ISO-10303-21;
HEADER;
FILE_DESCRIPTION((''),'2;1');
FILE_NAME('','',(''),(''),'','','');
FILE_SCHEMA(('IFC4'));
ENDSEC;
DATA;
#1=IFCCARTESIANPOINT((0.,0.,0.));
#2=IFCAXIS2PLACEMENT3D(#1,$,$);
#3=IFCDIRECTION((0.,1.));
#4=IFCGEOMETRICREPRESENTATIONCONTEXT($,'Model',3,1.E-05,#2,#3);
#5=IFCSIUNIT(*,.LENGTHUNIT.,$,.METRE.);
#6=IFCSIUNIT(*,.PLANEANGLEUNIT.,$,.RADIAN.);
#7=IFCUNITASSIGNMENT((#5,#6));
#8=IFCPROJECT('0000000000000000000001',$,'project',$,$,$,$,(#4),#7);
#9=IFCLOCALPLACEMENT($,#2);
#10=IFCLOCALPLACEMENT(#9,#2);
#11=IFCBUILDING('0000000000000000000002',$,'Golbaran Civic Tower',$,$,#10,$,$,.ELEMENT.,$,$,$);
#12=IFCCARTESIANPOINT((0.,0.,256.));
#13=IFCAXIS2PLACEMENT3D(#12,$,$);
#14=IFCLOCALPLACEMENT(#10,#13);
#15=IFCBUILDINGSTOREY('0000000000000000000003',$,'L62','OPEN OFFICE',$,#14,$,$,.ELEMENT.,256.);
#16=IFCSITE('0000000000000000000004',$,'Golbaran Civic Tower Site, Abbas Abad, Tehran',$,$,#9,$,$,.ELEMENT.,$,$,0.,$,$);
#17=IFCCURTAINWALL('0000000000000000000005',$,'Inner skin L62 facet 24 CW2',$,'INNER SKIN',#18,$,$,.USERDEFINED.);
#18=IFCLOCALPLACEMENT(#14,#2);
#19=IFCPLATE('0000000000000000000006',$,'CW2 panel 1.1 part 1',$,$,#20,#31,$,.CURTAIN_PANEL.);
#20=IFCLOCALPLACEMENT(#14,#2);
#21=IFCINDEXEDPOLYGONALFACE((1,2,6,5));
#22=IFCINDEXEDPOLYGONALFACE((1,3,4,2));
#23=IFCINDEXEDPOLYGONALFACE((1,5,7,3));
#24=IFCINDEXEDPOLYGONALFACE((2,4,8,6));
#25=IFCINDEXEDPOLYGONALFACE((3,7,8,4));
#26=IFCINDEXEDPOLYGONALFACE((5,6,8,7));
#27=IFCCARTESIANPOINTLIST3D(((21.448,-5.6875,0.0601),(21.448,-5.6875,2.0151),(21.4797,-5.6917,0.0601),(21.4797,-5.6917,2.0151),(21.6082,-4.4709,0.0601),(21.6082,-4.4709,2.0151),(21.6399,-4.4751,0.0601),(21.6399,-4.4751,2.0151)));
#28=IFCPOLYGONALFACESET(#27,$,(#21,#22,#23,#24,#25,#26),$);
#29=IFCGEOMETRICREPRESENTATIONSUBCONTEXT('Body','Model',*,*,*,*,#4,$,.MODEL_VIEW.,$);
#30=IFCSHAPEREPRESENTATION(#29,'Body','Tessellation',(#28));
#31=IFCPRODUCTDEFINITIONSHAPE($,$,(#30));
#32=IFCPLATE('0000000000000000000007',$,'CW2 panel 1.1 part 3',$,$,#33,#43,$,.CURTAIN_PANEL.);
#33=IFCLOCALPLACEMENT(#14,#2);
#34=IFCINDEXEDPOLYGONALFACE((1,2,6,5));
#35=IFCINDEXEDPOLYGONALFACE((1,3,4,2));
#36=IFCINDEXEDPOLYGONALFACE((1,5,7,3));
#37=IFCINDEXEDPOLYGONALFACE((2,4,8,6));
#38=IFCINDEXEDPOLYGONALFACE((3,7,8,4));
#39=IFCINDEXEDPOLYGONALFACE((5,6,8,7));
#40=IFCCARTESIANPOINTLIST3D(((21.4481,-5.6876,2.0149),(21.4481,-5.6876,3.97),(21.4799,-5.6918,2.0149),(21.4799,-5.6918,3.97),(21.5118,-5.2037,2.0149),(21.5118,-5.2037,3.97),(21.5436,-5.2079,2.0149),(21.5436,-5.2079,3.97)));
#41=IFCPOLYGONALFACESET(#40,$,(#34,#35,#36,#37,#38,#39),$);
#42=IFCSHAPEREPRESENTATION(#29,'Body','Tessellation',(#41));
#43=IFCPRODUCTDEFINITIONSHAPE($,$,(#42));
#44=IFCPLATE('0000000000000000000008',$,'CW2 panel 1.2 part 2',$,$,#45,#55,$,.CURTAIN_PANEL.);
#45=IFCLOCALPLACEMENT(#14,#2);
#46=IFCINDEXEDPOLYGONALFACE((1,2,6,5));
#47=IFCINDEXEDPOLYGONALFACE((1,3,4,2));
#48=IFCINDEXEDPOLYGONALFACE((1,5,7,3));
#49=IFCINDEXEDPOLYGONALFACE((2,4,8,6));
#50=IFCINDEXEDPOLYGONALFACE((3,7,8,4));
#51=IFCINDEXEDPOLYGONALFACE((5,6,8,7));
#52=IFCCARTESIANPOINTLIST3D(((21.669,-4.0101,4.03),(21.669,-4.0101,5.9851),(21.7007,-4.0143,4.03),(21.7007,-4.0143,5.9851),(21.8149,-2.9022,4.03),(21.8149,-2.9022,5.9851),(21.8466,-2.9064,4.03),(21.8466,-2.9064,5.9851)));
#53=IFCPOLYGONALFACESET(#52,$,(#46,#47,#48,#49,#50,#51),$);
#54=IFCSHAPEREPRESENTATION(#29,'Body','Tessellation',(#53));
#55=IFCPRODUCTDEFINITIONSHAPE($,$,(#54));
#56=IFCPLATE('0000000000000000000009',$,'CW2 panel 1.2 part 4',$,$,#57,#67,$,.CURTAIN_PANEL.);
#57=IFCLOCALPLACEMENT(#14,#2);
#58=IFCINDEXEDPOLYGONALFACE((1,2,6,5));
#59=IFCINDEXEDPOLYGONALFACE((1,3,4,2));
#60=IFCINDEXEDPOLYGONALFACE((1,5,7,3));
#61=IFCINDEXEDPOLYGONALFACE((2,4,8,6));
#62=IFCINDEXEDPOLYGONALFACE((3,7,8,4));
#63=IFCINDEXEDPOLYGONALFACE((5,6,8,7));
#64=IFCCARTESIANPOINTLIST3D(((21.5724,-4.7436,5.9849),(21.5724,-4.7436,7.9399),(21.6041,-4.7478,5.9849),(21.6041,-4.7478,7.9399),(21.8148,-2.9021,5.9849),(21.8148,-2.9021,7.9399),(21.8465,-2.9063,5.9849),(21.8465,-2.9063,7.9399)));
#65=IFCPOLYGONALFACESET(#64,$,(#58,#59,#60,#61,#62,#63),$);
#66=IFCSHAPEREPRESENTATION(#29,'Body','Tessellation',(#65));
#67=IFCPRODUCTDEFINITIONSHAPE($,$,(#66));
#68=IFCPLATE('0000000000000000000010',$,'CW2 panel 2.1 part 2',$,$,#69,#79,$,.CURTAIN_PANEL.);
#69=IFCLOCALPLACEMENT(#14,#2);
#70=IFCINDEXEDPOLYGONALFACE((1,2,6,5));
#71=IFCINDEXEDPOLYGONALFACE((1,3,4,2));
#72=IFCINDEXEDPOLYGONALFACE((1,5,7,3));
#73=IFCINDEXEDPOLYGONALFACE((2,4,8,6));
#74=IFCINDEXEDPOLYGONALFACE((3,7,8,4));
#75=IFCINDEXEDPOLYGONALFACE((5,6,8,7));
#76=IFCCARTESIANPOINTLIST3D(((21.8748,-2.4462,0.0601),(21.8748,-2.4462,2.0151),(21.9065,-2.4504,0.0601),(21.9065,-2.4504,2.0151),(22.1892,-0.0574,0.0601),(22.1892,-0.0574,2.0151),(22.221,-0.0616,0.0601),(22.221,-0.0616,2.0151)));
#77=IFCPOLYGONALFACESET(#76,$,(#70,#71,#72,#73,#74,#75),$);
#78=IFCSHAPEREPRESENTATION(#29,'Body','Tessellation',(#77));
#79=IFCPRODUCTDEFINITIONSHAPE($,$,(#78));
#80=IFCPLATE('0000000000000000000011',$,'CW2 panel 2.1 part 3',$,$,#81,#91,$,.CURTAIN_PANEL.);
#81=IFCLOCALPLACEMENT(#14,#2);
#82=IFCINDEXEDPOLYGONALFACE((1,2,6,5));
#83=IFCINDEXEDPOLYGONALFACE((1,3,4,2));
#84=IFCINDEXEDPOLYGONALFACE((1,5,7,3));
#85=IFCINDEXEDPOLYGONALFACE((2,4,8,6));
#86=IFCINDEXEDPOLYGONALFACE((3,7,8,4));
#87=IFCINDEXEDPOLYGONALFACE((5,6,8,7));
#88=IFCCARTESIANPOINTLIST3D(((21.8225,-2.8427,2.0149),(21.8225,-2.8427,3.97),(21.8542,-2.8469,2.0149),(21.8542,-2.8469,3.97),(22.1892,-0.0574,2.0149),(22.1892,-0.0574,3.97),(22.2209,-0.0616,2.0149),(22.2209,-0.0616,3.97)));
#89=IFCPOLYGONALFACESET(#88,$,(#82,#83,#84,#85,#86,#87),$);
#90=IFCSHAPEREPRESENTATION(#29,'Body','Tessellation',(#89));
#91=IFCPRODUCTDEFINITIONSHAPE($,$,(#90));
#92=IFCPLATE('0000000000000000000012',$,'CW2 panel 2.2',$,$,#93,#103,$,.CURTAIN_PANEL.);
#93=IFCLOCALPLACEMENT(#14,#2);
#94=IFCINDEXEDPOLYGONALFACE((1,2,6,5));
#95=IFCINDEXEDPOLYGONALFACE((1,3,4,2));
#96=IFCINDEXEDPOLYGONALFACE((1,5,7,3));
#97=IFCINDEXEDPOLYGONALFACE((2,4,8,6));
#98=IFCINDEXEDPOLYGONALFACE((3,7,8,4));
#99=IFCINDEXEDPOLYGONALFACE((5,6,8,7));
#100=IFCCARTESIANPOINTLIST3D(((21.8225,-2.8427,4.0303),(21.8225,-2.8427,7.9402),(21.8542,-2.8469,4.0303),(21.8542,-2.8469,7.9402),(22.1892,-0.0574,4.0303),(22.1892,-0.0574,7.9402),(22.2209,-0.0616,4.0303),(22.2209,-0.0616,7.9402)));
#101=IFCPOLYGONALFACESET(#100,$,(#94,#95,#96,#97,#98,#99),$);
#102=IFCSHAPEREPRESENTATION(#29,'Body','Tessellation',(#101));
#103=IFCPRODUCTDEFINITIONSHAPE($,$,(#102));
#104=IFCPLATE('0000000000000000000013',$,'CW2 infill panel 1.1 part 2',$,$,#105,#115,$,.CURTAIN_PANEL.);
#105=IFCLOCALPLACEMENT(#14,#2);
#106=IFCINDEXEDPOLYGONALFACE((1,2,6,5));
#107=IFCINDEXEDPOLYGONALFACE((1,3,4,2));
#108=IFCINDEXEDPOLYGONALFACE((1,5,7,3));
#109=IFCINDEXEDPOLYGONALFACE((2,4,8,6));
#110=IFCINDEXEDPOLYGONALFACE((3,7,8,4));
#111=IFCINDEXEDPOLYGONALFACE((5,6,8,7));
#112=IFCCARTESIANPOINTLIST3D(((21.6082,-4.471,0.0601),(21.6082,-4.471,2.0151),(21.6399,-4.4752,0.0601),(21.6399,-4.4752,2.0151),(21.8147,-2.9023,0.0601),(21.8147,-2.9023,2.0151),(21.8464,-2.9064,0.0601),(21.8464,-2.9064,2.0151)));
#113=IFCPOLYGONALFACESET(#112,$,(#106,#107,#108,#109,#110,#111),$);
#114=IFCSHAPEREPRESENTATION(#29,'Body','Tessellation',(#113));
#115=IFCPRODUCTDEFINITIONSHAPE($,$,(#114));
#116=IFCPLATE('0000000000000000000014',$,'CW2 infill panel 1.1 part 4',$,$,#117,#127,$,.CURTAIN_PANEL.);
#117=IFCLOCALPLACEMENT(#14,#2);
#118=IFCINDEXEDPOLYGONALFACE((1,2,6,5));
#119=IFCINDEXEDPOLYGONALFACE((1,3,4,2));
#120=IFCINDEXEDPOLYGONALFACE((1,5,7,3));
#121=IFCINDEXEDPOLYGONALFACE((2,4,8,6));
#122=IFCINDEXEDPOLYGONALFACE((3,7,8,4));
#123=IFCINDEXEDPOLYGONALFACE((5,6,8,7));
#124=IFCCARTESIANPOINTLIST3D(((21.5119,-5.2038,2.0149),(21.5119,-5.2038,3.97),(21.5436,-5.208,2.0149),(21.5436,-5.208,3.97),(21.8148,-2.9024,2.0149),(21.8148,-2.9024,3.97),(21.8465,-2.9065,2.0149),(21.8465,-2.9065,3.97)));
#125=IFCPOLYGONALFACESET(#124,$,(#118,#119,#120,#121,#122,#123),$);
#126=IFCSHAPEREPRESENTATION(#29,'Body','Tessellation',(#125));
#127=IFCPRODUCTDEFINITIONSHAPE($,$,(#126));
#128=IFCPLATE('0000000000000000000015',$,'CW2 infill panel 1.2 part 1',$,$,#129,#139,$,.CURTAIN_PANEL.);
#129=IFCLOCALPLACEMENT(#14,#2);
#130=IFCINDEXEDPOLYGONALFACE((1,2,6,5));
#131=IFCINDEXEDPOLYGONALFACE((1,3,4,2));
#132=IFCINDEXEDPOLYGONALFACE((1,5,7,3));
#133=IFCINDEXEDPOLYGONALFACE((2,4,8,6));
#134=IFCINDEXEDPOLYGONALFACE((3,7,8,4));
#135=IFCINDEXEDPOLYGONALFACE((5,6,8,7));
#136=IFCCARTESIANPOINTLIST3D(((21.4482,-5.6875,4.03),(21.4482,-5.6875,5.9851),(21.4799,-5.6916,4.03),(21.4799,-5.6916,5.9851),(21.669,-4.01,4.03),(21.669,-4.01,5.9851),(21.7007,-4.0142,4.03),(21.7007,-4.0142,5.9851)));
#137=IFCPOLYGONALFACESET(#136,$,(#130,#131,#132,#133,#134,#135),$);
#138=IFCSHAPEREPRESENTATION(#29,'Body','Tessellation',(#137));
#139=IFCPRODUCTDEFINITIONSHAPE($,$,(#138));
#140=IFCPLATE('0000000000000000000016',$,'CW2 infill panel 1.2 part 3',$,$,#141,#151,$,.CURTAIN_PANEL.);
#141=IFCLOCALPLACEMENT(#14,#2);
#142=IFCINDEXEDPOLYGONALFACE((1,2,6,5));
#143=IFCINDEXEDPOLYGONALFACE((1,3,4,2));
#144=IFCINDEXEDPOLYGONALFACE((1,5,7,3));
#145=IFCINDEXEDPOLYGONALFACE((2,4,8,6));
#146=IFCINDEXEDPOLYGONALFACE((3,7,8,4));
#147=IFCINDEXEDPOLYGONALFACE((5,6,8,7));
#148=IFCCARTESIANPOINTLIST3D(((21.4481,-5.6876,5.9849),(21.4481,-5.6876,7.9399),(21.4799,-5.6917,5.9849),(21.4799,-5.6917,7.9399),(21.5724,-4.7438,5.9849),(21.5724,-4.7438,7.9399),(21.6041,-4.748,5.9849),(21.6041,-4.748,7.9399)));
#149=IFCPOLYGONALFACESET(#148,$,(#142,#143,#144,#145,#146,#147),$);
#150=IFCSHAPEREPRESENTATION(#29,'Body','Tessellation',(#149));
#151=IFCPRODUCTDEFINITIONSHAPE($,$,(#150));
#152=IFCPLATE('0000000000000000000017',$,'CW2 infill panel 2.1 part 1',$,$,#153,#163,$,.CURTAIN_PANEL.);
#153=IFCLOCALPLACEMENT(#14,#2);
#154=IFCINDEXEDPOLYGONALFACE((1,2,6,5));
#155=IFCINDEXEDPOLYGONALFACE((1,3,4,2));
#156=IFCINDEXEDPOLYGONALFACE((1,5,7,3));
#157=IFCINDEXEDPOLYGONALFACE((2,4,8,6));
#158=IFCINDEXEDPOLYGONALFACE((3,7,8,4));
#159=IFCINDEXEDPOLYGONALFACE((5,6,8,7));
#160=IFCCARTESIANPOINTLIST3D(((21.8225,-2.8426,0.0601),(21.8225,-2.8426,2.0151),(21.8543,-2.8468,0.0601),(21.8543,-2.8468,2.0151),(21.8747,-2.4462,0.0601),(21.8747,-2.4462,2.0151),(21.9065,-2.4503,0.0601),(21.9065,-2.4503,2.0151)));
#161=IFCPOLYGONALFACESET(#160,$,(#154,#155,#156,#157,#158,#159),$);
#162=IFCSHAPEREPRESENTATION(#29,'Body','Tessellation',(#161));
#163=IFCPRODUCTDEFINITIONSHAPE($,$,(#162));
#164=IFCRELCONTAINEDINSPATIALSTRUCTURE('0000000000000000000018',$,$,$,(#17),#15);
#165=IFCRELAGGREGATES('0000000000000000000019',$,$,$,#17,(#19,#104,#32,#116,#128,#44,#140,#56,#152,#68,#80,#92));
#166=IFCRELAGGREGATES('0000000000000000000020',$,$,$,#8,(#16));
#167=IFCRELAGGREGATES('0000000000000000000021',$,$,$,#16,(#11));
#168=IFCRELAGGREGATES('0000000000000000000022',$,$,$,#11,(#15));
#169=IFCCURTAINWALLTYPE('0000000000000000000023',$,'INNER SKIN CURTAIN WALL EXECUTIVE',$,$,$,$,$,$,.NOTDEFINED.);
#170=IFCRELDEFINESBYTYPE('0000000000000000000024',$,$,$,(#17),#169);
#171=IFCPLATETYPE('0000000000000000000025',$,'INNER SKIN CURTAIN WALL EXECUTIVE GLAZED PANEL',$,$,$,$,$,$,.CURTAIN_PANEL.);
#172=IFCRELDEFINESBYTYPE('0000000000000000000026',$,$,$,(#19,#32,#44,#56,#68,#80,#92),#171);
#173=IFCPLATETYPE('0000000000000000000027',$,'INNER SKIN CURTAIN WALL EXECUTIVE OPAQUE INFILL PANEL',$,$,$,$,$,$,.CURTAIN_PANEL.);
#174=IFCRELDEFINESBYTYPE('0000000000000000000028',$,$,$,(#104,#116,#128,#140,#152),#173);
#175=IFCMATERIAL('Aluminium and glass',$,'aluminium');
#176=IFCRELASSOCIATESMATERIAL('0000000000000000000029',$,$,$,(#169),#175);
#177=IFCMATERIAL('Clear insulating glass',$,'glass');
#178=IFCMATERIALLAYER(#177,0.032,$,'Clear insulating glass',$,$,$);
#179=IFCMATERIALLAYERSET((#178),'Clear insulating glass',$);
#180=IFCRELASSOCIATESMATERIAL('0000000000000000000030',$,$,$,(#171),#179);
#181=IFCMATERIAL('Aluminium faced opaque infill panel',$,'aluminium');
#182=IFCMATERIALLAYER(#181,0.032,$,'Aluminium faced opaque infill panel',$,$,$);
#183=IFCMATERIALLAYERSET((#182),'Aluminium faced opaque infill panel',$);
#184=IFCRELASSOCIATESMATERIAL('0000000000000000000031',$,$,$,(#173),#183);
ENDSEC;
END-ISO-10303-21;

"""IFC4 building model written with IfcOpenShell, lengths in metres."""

from ifc_helpers import new_model, si_unit, direction, frame, origin, origin_2d, place, context, subcontext, project, spatial, rectangle, extrude, material, layer, layer_set, type_object, element, aggregate, save


model = new_model("IFC4")

# Units and contexts
model_context = context("Model", 3, precision=1e-05, world=origin(), true_north=direction((0.0, 1.0)))
body_context = subcontext(model_context, "Body", "Model", "MODEL_VIEW")
ifc_project = project(units=[si_unit("LENGTHUNIT", "METRE"), si_unit("PLANEANGLEUNIT", "RADIAN")], contexts=[model_context])

# Site, building, storey
site_placement = place(None, origin())
site = spatial("IfcSite", under=ifc_project, at=site_placement, Name="Golbaran Civic Tower Site, Abbas Abad, Tehran", CompositionType="ELEMENT", RefElevation=0.0)
building_placement = place(site_placement, origin())
building = spatial("IfcBuilding", under=site, at=building_placement, Name="Golbaran Civic Tower", CompositionType="ELEMENT")
storey_placement = place(building_placement, frame((0.0, 0.0, 256.0)))
storey = spatial("IfcBuildingStorey", under=building, at=storey_placement, Name="L62", Description="OPEN OFFICE", CompositionType="ELEMENT", Elevation=256.0)

# Curtain wall, plates
ifc_material_1 = material(Name="Aluminium and glass", Category="aluminium")
curtain_wall_type = type_object("IfcCurtainWallType", Name="INNER SKIN CURTAIN WALL EXECUTIVE", PredefinedType="NOTDEFINED", material=ifc_material_1)
curtain_wall_placement = place(storey_placement, origin())
curtain_wall = element("IfcCurtainWall", 1, at=curtain_wall_placement, inside=storey, type_object=curtain_wall_type, Name="Inner skin L62 facet 24 CW2", ObjectType="INNER SKIN", PredefinedType="USERDEFINED")
ifc_material_2 = material(Name="Clear insulating glass", Category="glass")
ifc_layer_1 = layer(ifc_material_2, 0.032, Name="Clear insulating glass")
ifc_layer_set_1 = layer_set([ifc_layer_1], Name="Clear insulating glass")
plate_type_1 = type_object("IfcPlateType", Name="INNER SKIN CURTAIN WALL EXECUTIVE GLAZED PANEL", PredefinedType="CURTAIN_PANEL", material=ifc_layer_set_1)
plate_1_placement = place(storey_placement, frame((21.5439, -5.0813, 0.0601), z_axis=(0.0, 0.0, 1.0), x_axis=(0.130526, 0.991445, 0.0)))
plate_1 = element("IfcPlate", 2, at=plate_1_placement, type_object=plate_type_1, Name="CW2 panel 1.1 part 1", PredefinedType="CURTAIN_PANEL", context=body_context, shape_type="SweptSolid", body=[
    extrude(rectangle(XDim=1.2271, YDim=0.032, at=origin_2d()), origin(), (0.0, 0.0, 1.0), 1.9551),
])
plate_2_placement = place(storey_placement, frame((21.4958, -5.4478, 2.0149), z_axis=(0.0, 0.0, 1.0), x_axis=(0.130526, 0.991445, 0.0)))
plate_2 = element("IfcPlate", 3, at=plate_2_placement, type_object=plate_type_1, Name="CW2 panel 1.1 part 3", PredefinedType="CURTAIN_PANEL", context=body_context, shape_type="SweptSolid", body=[
    extrude(rectangle(XDim=0.488, YDim=0.032, at=origin_2d()), origin(), (0.0, 0.0, 1.0), 1.9551),
])
plate_3_placement = place(storey_placement, frame((21.7578, -3.4583, 4.03), z_axis=(0.0, 0.0, 1.0), x_axis=(0.130526, 0.991445, 0.0)))
plate_3 = element("IfcPlate", 4, at=plate_3_placement, type_object=plate_type_1, Name="CW2 panel 1.2 part 2", PredefinedType="CURTAIN_PANEL", context=body_context, shape_type="SweptSolid", body=[
    extrude(rectangle(XDim=1.1174, YDim=0.032, at=origin_2d()), origin(), (0.0, 0.0, 1.0), 1.9551),
])
plate_4_placement = place(storey_placement, frame((21.7095, -3.825, 5.9849), z_axis=(0.0, 0.0, 1.0), x_axis=(0.130526, 0.991445, 0.0)))
plate_4 = element("IfcPlate", 5, at=plate_4_placement, type_object=plate_type_1, Name="CW2 panel 1.2 part 4", PredefinedType="CURTAIN_PANEL", context=body_context, shape_type="SweptSolid", body=[
    extrude(rectangle(XDim=1.8574, YDim=0.032, at=origin_2d()), origin(), (0.0, 0.0, 1.0), 1.9551),
])
plate_5_placement = place(storey_placement, frame((22.0479, -1.2539, 0.0601), z_axis=(0.0, 0.0, 1.0), x_axis=(0.130526, 0.991445, 0.0)))
plate_5 = element("IfcPlate", 6, at=plate_5_placement, type_object=plate_type_1, Name="CW2 panel 2.1 part 2", PredefinedType="CURTAIN_PANEL", context=body_context, shape_type="SweptSolid", body=[
    extrude(rectangle(XDim=2.4094, YDim=0.032, at=origin_2d()), origin(), (0.0, 0.0, 1.0), 1.9551),
])
plate_6_placement = place(storey_placement, frame((22.0217, -1.4521, 2.0149), z_axis=(0.0, 0.0, 1.0), x_axis=(0.130526, 0.991445, 0.0)))
plate_6 = element("IfcPlate", 7, at=plate_6_placement, type_object=plate_type_1, Name="CW2 panel 2.1 part 3", PredefinedType="CURTAIN_PANEL", context=body_context, shape_type="SweptSolid", body=[
    extrude(rectangle(XDim=2.8093, YDim=0.032, at=origin_2d()), origin(), (0.0, 0.0, 1.0), 1.9551),
])
plate_7_placement = place(storey_placement, frame((22.0217, -1.4521, 4.0303), z_axis=(0.0, 0.0, 1.0), x_axis=(0.130526, 0.991445, 0.0)))
plate_7 = element("IfcPlate", 8, at=plate_7_placement, type_object=plate_type_1, Name="CW2 panel 2.2", PredefinedType="CURTAIN_PANEL", context=body_context, shape_type="SweptSolid", body=[
    extrude(rectangle(XDim=2.8093, YDim=0.032, at=origin_2d()), origin(), (0.0, 0.0, 1.0), 3.9099),
])
ifc_material_3 = material(Name="Aluminium faced opaque infill panel", Category="aluminium")
ifc_layer_2 = layer(ifc_material_3, 0.032, Name="Aluminium faced opaque infill panel")
ifc_layer_set_2 = layer_set([ifc_layer_2], Name="Aluminium faced opaque infill panel")
plate_type_2 = type_object("IfcPlateType", Name="INNER SKIN CURTAIN WALL EXECUTIVE OPAQUE INFILL PANEL", PredefinedType="CURTAIN_PANEL", material=ifc_layer_set_2)
plate_8_placement = place(storey_placement, frame((21.7273, -3.6887, 0.0601), z_axis=(0.0, 0.0, 1.0), x_axis=(0.130526, 0.991445, 0.0)))
plate_8 = element("IfcPlate", 9, at=plate_8_placement, type_object=plate_type_2, Name="CW2 infill panel 1.1 part 2", PredefinedType="CURTAIN_PANEL", context=body_context, shape_type="SweptSolid", body=[
    extrude(rectangle(XDim=1.5823, YDim=0.032, at=origin_2d()), origin(), (0.0, 0.0, 1.0), 1.9551),
])
plate_9_placement = place(storey_placement, frame((21.6792, -4.0552, 2.0149), z_axis=(0.0, 0.0, 1.0), x_axis=(0.130526, 0.991445, 0.0)))
plate_9 = element("IfcPlate", 10, at=plate_9_placement, type_object=plate_type_2, Name="CW2 infill panel 1.1 part 4", PredefinedType="CURTAIN_PANEL", context=body_context, shape_type="SweptSolid", body=[
    extrude(rectangle(XDim=2.3213, YDim=0.032, at=origin_2d()), origin(), (0.0, 0.0, 1.0), 1.9551),
])
plate_10_placement = place(storey_placement, frame((21.5745, -4.8508, 4.03), z_axis=(0.0, 0.0, 1.0), x_axis=(0.130526, 0.991445, 0.0)))
plate_10 = element("IfcPlate", 11, at=plate_10_placement, type_object=plate_type_2, Name="CW2 infill panel 1.2 part 1", PredefinedType="CURTAIN_PANEL", context=body_context, shape_type="SweptSolid", body=[
    extrude(rectangle(XDim=1.6919, YDim=0.032, at=origin_2d()), origin(), (0.0, 0.0, 1.0), 1.9551),
])
plate_11_placement = place(storey_placement, frame((21.5261, -5.2178, 5.9849), z_axis=(0.0, 0.0, 1.0), x_axis=(0.130526, 0.991445, 0.0)))
plate_11 = element("IfcPlate", 12, at=plate_11_placement, type_object=plate_type_2, Name="CW2 infill panel 1.2 part 3", PredefinedType="CURTAIN_PANEL", context=body_context, shape_type="SweptSolid", body=[
    extrude(rectangle(XDim=0.9519, YDim=0.032, at=origin_2d()), origin(), (0.0, 0.0, 1.0), 1.9551),
])
plate_12_placement = place(storey_placement, frame((21.8645, -2.6465, 0.0601), z_axis=(0.0, 0.0, 1.0), x_axis=(0.130526, 0.991445, 0.0)))
plate_12 = element("IfcPlate", 13, at=plate_12_placement, type_object=plate_type_2, Name="CW2 infill panel 2.1 part 1", PredefinedType="CURTAIN_PANEL", context=body_context, shape_type="SweptSolid", body=[
    extrude(rectangle(XDim=0.3999, YDim=0.032, at=origin_2d()), origin(), (0.0, 0.0, 1.0), 1.9551),
])
aggregate(curtain_wall, [plate_1, plate_8, plate_2, plate_9, plate_10, plate_3, plate_11, plate_4, plate_12, plate_5, plate_6, plate_7])

save(model, "model.ifc")
